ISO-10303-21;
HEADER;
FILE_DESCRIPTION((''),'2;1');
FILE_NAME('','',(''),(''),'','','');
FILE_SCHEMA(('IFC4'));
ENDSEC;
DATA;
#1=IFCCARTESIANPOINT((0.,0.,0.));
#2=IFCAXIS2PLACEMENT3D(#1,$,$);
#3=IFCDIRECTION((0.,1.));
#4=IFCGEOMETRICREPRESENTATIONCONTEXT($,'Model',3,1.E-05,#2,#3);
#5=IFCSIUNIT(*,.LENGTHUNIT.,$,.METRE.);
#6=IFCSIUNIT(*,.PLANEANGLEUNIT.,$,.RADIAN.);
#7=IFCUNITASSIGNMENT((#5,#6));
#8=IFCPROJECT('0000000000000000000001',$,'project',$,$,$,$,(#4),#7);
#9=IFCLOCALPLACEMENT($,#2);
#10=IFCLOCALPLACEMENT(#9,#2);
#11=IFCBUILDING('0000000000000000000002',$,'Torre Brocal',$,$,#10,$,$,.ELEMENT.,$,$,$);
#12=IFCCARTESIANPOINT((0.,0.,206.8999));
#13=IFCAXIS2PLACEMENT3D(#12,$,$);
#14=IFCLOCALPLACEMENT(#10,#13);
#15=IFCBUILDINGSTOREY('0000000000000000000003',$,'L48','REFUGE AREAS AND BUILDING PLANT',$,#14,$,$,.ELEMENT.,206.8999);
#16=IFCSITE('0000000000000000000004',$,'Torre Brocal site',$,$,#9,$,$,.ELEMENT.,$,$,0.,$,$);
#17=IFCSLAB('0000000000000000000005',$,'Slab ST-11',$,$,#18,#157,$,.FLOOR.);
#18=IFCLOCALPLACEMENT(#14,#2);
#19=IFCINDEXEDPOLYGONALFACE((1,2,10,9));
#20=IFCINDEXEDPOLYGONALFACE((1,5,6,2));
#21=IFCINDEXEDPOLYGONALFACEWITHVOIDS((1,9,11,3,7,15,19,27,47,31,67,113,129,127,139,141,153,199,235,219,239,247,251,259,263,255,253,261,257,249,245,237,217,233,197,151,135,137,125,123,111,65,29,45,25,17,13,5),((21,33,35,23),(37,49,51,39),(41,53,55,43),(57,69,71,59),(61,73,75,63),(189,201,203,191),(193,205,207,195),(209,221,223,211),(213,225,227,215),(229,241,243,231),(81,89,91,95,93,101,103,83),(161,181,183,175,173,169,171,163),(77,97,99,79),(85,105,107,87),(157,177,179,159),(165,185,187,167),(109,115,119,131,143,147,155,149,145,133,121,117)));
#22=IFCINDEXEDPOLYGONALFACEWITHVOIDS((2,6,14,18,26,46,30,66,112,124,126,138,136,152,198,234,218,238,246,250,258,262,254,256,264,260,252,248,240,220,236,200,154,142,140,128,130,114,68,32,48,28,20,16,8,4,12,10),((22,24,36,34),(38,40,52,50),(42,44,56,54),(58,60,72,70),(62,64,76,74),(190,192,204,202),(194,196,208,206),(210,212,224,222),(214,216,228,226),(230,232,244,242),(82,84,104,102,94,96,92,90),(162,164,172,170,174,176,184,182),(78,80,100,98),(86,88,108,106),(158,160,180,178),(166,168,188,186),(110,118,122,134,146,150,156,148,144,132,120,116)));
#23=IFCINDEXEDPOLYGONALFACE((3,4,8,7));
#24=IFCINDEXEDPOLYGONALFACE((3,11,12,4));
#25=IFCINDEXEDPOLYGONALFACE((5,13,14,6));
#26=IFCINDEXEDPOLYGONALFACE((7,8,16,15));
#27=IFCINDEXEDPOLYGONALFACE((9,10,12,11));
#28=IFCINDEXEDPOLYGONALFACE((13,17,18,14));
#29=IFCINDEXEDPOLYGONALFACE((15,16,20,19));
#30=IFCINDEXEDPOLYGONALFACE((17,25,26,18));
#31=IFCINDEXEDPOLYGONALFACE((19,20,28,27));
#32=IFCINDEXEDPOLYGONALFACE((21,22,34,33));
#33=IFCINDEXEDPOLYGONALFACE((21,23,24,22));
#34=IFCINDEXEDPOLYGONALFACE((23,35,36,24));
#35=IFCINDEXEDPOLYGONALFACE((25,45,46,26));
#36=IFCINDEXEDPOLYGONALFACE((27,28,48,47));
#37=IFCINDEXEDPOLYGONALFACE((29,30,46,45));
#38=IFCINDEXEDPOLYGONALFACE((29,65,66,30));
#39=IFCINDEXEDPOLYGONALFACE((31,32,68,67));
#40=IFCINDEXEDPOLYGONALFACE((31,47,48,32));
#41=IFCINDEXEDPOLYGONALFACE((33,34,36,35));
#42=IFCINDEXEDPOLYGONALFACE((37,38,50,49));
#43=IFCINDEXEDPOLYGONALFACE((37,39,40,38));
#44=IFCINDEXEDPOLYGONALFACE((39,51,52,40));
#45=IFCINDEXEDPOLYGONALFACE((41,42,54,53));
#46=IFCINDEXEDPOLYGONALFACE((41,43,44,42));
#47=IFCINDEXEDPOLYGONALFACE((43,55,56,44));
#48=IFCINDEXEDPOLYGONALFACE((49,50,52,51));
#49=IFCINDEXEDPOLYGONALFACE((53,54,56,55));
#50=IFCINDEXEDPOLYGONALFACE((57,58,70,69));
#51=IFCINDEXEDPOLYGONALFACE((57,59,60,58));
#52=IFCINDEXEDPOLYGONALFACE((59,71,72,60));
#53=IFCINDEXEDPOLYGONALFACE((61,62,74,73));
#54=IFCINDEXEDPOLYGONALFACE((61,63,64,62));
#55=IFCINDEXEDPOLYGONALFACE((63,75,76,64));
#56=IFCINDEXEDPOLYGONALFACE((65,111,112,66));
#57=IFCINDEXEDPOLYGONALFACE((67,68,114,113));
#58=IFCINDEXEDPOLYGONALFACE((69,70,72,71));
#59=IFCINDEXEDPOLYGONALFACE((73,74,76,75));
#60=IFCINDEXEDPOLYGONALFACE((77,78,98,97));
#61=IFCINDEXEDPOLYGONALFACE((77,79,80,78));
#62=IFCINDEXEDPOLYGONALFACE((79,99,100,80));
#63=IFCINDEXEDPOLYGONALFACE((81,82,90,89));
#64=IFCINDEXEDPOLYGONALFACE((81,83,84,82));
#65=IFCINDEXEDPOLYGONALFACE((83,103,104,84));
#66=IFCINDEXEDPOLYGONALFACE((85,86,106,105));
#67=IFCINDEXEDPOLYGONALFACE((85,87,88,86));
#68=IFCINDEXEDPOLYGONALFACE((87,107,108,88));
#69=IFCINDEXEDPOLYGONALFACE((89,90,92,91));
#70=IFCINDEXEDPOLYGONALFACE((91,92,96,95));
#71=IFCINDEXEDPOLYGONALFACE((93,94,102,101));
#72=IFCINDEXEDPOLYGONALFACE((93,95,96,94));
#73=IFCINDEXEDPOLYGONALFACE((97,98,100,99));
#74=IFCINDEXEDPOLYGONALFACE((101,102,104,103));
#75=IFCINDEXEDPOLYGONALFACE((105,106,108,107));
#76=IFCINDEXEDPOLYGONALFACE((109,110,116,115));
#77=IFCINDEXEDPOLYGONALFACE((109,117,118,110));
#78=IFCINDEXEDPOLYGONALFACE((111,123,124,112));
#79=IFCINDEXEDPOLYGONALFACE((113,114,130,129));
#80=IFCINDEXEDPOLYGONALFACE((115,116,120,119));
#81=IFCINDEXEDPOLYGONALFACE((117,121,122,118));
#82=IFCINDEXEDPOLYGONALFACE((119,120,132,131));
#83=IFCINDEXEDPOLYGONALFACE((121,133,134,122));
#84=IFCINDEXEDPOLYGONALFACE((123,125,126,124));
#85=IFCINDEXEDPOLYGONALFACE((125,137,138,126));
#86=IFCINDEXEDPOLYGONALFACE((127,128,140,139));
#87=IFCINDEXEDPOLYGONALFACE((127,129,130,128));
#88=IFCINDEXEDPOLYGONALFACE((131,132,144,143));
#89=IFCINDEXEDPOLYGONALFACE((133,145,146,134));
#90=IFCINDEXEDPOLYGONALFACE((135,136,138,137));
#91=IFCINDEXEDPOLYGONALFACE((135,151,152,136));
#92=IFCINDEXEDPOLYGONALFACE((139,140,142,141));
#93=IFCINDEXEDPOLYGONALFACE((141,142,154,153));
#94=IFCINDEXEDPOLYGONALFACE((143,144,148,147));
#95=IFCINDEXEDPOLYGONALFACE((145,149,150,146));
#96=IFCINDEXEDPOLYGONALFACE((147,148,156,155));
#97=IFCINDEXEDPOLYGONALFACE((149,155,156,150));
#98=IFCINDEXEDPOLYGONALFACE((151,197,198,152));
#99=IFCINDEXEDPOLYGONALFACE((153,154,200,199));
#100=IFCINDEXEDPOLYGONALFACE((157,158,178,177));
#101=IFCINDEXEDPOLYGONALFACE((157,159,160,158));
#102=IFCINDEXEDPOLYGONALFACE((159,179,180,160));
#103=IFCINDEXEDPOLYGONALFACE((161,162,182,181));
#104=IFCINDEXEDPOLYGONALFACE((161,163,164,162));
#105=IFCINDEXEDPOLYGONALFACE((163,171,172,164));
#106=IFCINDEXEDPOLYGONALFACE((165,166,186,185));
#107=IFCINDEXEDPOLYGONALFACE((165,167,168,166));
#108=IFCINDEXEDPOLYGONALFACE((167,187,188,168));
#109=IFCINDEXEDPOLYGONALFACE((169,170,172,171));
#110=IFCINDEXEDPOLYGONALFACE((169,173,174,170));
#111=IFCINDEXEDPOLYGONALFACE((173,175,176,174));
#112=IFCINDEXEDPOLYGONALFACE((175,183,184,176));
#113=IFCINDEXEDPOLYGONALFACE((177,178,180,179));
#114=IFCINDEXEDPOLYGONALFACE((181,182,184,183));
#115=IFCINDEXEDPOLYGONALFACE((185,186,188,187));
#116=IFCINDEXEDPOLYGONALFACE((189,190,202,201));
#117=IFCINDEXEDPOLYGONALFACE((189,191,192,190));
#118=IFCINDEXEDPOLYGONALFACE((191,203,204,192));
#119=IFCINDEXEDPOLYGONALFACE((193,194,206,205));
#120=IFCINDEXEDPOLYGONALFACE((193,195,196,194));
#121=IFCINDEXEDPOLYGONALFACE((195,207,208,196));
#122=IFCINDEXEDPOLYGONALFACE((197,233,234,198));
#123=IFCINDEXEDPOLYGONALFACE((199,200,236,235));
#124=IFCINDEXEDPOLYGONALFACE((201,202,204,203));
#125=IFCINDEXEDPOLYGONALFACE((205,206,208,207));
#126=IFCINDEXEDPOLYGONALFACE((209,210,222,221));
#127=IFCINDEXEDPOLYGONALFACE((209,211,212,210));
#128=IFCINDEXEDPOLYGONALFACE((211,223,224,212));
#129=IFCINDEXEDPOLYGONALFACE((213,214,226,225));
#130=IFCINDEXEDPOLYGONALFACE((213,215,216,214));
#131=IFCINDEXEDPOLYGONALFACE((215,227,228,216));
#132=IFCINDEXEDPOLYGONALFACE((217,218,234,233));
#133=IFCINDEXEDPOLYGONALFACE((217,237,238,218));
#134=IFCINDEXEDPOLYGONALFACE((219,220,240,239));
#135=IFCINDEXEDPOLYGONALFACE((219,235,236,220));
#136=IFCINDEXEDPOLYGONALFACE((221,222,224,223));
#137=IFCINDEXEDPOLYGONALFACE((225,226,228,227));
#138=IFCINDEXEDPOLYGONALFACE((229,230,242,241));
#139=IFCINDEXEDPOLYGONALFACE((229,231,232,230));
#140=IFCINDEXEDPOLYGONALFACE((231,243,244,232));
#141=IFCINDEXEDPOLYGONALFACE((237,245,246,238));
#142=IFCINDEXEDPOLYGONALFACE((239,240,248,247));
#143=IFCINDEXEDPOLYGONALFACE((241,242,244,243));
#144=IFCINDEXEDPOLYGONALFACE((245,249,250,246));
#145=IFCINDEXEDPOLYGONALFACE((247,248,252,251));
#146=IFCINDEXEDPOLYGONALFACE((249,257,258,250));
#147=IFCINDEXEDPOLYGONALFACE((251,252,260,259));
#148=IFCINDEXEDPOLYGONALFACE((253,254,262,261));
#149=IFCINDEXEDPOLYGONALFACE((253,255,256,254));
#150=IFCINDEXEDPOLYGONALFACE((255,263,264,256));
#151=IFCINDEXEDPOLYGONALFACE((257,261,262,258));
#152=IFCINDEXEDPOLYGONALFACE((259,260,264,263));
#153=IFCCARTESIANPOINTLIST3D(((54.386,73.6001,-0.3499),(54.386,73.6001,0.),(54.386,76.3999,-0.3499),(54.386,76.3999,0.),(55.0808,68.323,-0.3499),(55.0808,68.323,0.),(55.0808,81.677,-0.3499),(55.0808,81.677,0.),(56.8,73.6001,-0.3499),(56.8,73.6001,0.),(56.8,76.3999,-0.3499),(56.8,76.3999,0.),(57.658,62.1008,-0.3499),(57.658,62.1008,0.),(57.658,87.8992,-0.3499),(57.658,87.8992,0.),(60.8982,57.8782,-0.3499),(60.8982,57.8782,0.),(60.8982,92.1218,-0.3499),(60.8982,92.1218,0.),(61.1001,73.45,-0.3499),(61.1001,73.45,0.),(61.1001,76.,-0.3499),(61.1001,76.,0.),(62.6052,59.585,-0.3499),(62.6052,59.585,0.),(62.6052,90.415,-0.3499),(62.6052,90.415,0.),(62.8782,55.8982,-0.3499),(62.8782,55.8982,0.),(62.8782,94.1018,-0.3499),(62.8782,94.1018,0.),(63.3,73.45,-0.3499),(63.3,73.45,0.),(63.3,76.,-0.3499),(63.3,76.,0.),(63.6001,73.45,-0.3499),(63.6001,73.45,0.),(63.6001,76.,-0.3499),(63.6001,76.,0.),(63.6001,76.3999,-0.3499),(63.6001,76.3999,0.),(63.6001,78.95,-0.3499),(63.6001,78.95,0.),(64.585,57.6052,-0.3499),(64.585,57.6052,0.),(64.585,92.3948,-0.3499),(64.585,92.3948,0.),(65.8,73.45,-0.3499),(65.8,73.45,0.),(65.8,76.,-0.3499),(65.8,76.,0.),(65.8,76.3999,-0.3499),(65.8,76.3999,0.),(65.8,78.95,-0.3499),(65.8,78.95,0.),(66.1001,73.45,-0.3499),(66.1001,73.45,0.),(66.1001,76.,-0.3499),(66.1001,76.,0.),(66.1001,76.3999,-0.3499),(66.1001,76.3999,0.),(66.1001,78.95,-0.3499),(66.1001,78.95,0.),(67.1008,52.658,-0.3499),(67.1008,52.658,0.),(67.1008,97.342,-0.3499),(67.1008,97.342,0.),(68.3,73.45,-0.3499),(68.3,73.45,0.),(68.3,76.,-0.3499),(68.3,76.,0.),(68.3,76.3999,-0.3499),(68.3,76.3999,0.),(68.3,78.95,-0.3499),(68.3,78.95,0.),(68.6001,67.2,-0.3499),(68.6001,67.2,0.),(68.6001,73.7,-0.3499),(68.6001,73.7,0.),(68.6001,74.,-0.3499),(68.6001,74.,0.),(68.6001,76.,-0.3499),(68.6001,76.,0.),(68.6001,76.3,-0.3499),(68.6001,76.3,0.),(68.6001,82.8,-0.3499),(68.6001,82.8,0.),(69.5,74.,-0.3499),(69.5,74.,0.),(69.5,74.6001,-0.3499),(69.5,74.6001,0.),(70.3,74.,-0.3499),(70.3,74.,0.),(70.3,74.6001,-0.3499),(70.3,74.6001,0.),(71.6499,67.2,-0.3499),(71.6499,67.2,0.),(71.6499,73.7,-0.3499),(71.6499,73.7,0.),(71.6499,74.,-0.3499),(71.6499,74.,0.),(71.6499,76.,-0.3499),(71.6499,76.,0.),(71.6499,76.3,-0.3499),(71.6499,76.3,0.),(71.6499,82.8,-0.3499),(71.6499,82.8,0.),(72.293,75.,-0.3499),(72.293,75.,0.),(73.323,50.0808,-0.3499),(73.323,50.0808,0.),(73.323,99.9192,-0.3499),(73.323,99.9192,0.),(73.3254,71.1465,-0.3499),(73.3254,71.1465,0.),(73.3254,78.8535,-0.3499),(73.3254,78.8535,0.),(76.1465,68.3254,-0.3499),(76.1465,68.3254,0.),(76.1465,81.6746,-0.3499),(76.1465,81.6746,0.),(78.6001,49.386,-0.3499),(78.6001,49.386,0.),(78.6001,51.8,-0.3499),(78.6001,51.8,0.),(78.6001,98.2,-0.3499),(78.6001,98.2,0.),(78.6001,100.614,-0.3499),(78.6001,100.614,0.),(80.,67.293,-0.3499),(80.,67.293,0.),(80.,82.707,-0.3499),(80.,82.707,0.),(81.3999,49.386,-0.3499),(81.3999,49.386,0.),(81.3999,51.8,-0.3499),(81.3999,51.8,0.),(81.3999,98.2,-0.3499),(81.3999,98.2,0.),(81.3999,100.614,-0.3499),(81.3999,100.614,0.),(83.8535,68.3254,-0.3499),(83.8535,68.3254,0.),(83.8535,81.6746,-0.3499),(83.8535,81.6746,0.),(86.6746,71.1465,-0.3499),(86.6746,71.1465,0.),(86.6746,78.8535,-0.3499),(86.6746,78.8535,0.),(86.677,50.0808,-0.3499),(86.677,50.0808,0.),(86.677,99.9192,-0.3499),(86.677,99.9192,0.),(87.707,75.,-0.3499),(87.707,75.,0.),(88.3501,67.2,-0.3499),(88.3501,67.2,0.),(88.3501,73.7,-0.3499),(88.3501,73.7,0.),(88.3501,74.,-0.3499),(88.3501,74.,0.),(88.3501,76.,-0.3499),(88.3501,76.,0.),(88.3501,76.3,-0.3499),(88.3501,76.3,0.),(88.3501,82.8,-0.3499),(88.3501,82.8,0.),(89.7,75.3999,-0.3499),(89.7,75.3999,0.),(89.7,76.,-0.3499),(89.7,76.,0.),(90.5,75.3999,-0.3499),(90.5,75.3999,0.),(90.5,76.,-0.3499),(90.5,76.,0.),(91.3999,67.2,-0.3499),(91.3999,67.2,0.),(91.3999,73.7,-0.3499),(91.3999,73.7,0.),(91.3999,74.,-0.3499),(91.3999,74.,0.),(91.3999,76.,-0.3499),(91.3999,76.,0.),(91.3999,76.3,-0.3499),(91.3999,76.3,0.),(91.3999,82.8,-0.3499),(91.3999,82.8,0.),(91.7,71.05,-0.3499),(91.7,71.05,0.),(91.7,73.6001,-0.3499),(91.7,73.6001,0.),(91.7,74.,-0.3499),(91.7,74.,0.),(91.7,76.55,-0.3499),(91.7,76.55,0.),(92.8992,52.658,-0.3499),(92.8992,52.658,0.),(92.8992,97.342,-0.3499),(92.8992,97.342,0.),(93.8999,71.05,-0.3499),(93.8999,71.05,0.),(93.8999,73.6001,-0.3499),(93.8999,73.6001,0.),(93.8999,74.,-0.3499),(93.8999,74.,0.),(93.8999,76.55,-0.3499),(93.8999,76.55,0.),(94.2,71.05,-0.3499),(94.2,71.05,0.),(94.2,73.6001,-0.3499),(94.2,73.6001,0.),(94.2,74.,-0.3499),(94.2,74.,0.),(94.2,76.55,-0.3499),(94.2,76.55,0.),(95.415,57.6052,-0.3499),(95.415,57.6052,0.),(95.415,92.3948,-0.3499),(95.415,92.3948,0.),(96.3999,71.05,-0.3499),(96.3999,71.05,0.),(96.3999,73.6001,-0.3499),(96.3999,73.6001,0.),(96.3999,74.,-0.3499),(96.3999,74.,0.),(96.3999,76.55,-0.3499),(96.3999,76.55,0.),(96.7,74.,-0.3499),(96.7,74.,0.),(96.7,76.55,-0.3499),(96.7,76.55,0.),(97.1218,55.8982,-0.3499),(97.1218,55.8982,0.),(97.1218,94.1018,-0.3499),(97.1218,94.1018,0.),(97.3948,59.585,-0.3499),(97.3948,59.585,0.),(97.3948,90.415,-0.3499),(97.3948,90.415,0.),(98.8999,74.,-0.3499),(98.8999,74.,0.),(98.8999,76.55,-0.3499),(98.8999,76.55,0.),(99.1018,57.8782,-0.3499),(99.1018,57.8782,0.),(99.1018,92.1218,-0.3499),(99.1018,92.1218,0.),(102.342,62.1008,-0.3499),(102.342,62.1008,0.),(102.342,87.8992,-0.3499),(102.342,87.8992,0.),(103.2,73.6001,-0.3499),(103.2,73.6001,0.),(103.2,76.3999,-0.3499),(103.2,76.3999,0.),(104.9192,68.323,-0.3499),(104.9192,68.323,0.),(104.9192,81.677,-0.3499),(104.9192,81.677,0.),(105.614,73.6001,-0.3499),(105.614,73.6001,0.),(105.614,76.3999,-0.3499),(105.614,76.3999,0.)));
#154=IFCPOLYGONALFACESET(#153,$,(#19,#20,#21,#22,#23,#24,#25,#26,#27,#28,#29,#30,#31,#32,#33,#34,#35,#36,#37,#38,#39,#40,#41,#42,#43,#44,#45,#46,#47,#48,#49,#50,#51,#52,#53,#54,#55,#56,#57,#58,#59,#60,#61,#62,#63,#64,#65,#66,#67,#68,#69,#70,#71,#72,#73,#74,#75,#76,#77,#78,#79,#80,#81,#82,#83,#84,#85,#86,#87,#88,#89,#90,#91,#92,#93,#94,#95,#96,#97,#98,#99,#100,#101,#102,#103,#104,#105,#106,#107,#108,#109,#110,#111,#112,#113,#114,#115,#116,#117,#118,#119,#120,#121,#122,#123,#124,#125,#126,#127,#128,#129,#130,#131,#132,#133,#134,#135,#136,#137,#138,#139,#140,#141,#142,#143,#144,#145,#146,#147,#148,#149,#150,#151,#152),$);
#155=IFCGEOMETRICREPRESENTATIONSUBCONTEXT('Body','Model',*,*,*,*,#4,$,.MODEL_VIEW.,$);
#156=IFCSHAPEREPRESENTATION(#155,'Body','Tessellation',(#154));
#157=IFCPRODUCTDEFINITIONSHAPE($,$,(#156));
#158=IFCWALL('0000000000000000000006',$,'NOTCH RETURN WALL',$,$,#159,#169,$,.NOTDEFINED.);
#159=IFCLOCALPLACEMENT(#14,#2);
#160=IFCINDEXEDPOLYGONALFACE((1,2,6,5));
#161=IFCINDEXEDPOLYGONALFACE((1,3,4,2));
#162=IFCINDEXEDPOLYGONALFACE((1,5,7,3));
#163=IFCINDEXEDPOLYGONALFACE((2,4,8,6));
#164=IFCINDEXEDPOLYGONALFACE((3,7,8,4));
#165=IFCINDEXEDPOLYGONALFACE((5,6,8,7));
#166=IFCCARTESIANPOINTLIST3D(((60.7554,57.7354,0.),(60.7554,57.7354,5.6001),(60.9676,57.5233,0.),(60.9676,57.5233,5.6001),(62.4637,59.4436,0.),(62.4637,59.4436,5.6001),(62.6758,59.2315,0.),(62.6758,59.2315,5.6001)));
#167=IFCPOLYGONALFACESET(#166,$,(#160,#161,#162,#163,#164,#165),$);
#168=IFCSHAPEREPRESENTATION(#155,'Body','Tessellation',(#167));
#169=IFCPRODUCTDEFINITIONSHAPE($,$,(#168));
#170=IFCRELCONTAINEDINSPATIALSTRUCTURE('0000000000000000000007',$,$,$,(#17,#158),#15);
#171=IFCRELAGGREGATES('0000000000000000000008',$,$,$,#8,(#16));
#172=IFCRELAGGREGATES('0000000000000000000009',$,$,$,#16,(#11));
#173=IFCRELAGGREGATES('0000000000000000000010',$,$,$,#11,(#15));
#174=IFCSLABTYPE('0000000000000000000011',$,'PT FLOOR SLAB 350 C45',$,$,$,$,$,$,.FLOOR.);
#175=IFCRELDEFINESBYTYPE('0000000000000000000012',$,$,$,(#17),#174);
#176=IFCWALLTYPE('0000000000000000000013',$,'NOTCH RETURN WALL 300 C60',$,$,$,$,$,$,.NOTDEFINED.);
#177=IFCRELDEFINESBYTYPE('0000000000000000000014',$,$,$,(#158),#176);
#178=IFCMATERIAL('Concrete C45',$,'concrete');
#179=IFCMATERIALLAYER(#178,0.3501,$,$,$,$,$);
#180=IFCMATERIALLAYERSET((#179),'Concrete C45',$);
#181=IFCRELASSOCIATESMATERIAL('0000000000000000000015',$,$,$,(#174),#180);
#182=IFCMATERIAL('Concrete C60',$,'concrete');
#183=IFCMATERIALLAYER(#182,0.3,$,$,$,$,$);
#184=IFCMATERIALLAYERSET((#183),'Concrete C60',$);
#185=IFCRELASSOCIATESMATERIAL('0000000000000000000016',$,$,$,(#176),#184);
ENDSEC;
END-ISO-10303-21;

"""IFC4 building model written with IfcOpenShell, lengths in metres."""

from ifc_helpers import new_model, si_unit, direction, frame, frame_2d, origin, place, context, subcontext, project, spatial, polyline, rectangle, outline, extrude, material, layer, layer_set, type_object, element, save


model = new_model("IFC4")

# Units and contexts
model_context = context("Model", 3, precision=1e-05, world=origin(), true_north=direction((0.0, 1.0)))
body_context = subcontext(model_context, "Body", "Model", "MODEL_VIEW")
ifc_project = project(units=[si_unit("LENGTHUNIT", "METRE"), si_unit("PLANEANGLEUNIT", "RADIAN")], contexts=[model_context])

# Site, building, storey
site_placement = place(None, origin())
site = spatial("IfcSite", under=ifc_project, at=site_placement, Name="Torre Brocal site", CompositionType="ELEMENT", RefElevation=0.0)
building_placement = place(site_placement, origin())
building = spatial("IfcBuilding", under=site, at=building_placement, Name="Torre Brocal", CompositionType="ELEMENT")
storey_placement = place(building_placement, frame((0.0, 0.0, 206.8999)))
storey = spatial("IfcBuildingStorey", under=building, at=storey_placement, Name="L48", Description="REFUGE AREAS AND BUILDING PLANT", CompositionType="ELEMENT", Elevation=206.8999)

# Slab
ifc_material_1 = material(Name="Concrete C45", Category="concrete")
ifc_layer_1 = layer(ifc_material_1, 0.3501)
ifc_layer_set_1 = layer_set([ifc_layer_1], Name="Concrete C45")
slab_type_1 = type_object("IfcSlabType", Name="PT FLOOR SLAB 350 C45", PredefinedType="FLOOR", material=ifc_layer_set_1)
slab_1_placement = place(storey_placement, frame((0.0, 0.0, -0.3499)))
element("IfcSlab", 1, at=slab_1_placement, inside=storey, type_object=slab_type_1, Name="Slab ST-11", PredefinedType="FLOOR", context=body_context, shape_type="SweptSolid", body=[
    extrude(outline(polyline([(103.2, 76.3999), (103.2, 73.6001), (105.614, 73.6001), (104.9192, 68.323), (102.342, 62.1008), (99.1018, 57.8782), (97.3948, 59.585), (95.415, 57.6052), (97.1218, 55.8982), (92.8992, 52.658), (86.677, 50.0808), (81.3999, 49.386), (81.3999, 51.8), (78.6001, 51.8), (78.6001, 49.386), (73.323, 50.0808), (67.1008, 52.658), (62.8782, 55.8982), (64.585, 57.6052), (62.6052, 59.585), (60.8982, 57.8782), (57.658, 62.1008), (55.0808, 68.323), (54.386, 73.6001), (56.8, 73.6001), (56.8, 76.3999), (54.386, 76.3999), (55.0808, 81.677), (57.658, 87.8992), (60.8982, 92.1218), (62.6052, 90.415), (64.585, 92.3948), (62.8782, 94.1018), (67.1008, 97.342), (73.323, 99.9192), (78.6001, 100.614), (78.6001, 98.2), (81.3999, 98.2), (81.3999, 100.614), (86.677, 99.9192), (92.8992, 97.342), (97.1218, 94.1018), (95.415, 92.3948), (97.3948, 90.415), (99.1018, 92.1218), (102.342, 87.8992), (104.9192, 81.677), (105.614, 76.3999), (103.2, 76.3999)]), holes=[polyline([(98.8999, 76.55), (96.7, 76.55), (96.7, 74.0), (98.8999, 74.0), (98.8999, 76.55)]), polyline([(96.3999, 76.55), (94.2, 76.55), (94.2, 74.0), (96.3999, 74.0), (96.3999, 76.55)]), polyline([(96.3999, 73.6001), (94.2, 73.6001), (94.2, 71.05), (96.3999, 71.05), (96.3999, 73.6001)]), polyline([(93.8999, 76.55), (91.7, 76.55), (91.7, 74.0), (93.8999, 74.0), (93.8999, 76.55)]), polyline([(93.8999, 73.6001), (91.7, 73.6001), (91.7, 71.05), (93.8999, 71.05), (93.8999, 73.6001)]), polyline([(89.7, 76.0), (88.3501, 76.0), (88.3501, 74.0), (91.3999, 74.0), (91.3999, 76.0), (90.5, 76.0), (90.5, 75.3999), (89.7, 75.3999), (89.7, 76.0)]), polyline([(91.3999, 82.8), (88.3501, 82.8), (88.3501, 76.3), (91.3999, 76.3), (91.3999, 82.8)]), polyline([(91.3999, 73.7), (88.3501, 73.7), (88.3501, 67.2), (91.3999, 67.2), (91.3999, 73.7)]), polyline([(80.0, 82.707), (76.1465, 81.6746), (73.3254, 78.8535), (72.293, 75.0), (73.3254, 71.1465), (76.1465, 68.3254), (80.0, 67.293), (83.8535, 68.3254), (86.6746, 71.1465), (87.707, 75.0), (86.6746, 78.8535), (83.8535, 81.6746), (80.0, 82.707)]), polyline([(70.3, 74.0), (71.6499, 74.0), (71.6499, 76.0), (68.6001, 76.0), (68.6001, 74.0), (69.5, 74.0), (69.5, 74.6001), (70.3, 74.6001), (70.3, 74.0)]), polyline([(68.6001, 76.3), (71.6499, 76.3), (71.6499, 82.8), (68.6001, 82.8), (68.6001, 76.3)]), polyline([(68.6001, 67.2), (71.6499, 67.2), (71.6499, 73.7), (68.6001, 73.7), (68.6001, 67.2)]), polyline([(66.1001, 76.3999), (68.3, 76.3999), (68.3, 78.95), (66.1001, 78.95), (66.1001, 76.3999)]), polyline([(66.1001, 73.45), (68.3, 73.45), (68.3, 76.0), (66.1001, 76.0), (66.1001, 73.45)]), polyline([(63.6001, 76.3999), (65.8, 76.3999), (65.8, 78.95), (63.6001, 78.95), (63.6001, 76.3999)]), polyline([(63.6001, 73.45), (65.8, 73.45), (65.8, 76.0), (63.6001, 76.0), (63.6001, 73.45)]), polyline([(61.1001, 73.45), (63.3, 73.45), (63.3, 76.0), (61.1001, 76.0), (61.1001, 73.45)])]), origin(), (0.0, 0.0, 1.0), 0.3499),
])

# Wall
ifc_material_2 = material(Name="Concrete C60", Category="concrete")
ifc_layer_2 = layer(ifc_material_2, 0.3)
ifc_layer_set_2 = layer_set([ifc_layer_2], Name="Concrete C60")
wall_type_1 = type_object("IfcWallType", Name="NOTCH RETURN WALL 300 C60", PredefinedType="NOTDEFINED", material=ifc_layer_set_2)
for number, where, z_axis, x_axis, name in (
    (2, (62.5698, 59.3376, 0.0), (0.0, 0.0, 1.0), (-0.707107, -0.707107, 0.0), "NOTCH RETURN WALL"),
):
    element("IfcWall", number, at=place(storey_placement, frame(where, z_axis=z_axis, x_axis=x_axis)), inside=storey, type_object=wall_type_1, Name=name, PredefinedType="NOTDEFINED", context=body_context, shape_type="SweptSolid", body=[
        extrude(rectangle(XDim=2.4158, YDim=0.3, at=frame_2d((1.208, 0.0))), origin(), (0.0, 0.0, 1.0), 5.6001),
    ])

save(model, "model.ifc")
